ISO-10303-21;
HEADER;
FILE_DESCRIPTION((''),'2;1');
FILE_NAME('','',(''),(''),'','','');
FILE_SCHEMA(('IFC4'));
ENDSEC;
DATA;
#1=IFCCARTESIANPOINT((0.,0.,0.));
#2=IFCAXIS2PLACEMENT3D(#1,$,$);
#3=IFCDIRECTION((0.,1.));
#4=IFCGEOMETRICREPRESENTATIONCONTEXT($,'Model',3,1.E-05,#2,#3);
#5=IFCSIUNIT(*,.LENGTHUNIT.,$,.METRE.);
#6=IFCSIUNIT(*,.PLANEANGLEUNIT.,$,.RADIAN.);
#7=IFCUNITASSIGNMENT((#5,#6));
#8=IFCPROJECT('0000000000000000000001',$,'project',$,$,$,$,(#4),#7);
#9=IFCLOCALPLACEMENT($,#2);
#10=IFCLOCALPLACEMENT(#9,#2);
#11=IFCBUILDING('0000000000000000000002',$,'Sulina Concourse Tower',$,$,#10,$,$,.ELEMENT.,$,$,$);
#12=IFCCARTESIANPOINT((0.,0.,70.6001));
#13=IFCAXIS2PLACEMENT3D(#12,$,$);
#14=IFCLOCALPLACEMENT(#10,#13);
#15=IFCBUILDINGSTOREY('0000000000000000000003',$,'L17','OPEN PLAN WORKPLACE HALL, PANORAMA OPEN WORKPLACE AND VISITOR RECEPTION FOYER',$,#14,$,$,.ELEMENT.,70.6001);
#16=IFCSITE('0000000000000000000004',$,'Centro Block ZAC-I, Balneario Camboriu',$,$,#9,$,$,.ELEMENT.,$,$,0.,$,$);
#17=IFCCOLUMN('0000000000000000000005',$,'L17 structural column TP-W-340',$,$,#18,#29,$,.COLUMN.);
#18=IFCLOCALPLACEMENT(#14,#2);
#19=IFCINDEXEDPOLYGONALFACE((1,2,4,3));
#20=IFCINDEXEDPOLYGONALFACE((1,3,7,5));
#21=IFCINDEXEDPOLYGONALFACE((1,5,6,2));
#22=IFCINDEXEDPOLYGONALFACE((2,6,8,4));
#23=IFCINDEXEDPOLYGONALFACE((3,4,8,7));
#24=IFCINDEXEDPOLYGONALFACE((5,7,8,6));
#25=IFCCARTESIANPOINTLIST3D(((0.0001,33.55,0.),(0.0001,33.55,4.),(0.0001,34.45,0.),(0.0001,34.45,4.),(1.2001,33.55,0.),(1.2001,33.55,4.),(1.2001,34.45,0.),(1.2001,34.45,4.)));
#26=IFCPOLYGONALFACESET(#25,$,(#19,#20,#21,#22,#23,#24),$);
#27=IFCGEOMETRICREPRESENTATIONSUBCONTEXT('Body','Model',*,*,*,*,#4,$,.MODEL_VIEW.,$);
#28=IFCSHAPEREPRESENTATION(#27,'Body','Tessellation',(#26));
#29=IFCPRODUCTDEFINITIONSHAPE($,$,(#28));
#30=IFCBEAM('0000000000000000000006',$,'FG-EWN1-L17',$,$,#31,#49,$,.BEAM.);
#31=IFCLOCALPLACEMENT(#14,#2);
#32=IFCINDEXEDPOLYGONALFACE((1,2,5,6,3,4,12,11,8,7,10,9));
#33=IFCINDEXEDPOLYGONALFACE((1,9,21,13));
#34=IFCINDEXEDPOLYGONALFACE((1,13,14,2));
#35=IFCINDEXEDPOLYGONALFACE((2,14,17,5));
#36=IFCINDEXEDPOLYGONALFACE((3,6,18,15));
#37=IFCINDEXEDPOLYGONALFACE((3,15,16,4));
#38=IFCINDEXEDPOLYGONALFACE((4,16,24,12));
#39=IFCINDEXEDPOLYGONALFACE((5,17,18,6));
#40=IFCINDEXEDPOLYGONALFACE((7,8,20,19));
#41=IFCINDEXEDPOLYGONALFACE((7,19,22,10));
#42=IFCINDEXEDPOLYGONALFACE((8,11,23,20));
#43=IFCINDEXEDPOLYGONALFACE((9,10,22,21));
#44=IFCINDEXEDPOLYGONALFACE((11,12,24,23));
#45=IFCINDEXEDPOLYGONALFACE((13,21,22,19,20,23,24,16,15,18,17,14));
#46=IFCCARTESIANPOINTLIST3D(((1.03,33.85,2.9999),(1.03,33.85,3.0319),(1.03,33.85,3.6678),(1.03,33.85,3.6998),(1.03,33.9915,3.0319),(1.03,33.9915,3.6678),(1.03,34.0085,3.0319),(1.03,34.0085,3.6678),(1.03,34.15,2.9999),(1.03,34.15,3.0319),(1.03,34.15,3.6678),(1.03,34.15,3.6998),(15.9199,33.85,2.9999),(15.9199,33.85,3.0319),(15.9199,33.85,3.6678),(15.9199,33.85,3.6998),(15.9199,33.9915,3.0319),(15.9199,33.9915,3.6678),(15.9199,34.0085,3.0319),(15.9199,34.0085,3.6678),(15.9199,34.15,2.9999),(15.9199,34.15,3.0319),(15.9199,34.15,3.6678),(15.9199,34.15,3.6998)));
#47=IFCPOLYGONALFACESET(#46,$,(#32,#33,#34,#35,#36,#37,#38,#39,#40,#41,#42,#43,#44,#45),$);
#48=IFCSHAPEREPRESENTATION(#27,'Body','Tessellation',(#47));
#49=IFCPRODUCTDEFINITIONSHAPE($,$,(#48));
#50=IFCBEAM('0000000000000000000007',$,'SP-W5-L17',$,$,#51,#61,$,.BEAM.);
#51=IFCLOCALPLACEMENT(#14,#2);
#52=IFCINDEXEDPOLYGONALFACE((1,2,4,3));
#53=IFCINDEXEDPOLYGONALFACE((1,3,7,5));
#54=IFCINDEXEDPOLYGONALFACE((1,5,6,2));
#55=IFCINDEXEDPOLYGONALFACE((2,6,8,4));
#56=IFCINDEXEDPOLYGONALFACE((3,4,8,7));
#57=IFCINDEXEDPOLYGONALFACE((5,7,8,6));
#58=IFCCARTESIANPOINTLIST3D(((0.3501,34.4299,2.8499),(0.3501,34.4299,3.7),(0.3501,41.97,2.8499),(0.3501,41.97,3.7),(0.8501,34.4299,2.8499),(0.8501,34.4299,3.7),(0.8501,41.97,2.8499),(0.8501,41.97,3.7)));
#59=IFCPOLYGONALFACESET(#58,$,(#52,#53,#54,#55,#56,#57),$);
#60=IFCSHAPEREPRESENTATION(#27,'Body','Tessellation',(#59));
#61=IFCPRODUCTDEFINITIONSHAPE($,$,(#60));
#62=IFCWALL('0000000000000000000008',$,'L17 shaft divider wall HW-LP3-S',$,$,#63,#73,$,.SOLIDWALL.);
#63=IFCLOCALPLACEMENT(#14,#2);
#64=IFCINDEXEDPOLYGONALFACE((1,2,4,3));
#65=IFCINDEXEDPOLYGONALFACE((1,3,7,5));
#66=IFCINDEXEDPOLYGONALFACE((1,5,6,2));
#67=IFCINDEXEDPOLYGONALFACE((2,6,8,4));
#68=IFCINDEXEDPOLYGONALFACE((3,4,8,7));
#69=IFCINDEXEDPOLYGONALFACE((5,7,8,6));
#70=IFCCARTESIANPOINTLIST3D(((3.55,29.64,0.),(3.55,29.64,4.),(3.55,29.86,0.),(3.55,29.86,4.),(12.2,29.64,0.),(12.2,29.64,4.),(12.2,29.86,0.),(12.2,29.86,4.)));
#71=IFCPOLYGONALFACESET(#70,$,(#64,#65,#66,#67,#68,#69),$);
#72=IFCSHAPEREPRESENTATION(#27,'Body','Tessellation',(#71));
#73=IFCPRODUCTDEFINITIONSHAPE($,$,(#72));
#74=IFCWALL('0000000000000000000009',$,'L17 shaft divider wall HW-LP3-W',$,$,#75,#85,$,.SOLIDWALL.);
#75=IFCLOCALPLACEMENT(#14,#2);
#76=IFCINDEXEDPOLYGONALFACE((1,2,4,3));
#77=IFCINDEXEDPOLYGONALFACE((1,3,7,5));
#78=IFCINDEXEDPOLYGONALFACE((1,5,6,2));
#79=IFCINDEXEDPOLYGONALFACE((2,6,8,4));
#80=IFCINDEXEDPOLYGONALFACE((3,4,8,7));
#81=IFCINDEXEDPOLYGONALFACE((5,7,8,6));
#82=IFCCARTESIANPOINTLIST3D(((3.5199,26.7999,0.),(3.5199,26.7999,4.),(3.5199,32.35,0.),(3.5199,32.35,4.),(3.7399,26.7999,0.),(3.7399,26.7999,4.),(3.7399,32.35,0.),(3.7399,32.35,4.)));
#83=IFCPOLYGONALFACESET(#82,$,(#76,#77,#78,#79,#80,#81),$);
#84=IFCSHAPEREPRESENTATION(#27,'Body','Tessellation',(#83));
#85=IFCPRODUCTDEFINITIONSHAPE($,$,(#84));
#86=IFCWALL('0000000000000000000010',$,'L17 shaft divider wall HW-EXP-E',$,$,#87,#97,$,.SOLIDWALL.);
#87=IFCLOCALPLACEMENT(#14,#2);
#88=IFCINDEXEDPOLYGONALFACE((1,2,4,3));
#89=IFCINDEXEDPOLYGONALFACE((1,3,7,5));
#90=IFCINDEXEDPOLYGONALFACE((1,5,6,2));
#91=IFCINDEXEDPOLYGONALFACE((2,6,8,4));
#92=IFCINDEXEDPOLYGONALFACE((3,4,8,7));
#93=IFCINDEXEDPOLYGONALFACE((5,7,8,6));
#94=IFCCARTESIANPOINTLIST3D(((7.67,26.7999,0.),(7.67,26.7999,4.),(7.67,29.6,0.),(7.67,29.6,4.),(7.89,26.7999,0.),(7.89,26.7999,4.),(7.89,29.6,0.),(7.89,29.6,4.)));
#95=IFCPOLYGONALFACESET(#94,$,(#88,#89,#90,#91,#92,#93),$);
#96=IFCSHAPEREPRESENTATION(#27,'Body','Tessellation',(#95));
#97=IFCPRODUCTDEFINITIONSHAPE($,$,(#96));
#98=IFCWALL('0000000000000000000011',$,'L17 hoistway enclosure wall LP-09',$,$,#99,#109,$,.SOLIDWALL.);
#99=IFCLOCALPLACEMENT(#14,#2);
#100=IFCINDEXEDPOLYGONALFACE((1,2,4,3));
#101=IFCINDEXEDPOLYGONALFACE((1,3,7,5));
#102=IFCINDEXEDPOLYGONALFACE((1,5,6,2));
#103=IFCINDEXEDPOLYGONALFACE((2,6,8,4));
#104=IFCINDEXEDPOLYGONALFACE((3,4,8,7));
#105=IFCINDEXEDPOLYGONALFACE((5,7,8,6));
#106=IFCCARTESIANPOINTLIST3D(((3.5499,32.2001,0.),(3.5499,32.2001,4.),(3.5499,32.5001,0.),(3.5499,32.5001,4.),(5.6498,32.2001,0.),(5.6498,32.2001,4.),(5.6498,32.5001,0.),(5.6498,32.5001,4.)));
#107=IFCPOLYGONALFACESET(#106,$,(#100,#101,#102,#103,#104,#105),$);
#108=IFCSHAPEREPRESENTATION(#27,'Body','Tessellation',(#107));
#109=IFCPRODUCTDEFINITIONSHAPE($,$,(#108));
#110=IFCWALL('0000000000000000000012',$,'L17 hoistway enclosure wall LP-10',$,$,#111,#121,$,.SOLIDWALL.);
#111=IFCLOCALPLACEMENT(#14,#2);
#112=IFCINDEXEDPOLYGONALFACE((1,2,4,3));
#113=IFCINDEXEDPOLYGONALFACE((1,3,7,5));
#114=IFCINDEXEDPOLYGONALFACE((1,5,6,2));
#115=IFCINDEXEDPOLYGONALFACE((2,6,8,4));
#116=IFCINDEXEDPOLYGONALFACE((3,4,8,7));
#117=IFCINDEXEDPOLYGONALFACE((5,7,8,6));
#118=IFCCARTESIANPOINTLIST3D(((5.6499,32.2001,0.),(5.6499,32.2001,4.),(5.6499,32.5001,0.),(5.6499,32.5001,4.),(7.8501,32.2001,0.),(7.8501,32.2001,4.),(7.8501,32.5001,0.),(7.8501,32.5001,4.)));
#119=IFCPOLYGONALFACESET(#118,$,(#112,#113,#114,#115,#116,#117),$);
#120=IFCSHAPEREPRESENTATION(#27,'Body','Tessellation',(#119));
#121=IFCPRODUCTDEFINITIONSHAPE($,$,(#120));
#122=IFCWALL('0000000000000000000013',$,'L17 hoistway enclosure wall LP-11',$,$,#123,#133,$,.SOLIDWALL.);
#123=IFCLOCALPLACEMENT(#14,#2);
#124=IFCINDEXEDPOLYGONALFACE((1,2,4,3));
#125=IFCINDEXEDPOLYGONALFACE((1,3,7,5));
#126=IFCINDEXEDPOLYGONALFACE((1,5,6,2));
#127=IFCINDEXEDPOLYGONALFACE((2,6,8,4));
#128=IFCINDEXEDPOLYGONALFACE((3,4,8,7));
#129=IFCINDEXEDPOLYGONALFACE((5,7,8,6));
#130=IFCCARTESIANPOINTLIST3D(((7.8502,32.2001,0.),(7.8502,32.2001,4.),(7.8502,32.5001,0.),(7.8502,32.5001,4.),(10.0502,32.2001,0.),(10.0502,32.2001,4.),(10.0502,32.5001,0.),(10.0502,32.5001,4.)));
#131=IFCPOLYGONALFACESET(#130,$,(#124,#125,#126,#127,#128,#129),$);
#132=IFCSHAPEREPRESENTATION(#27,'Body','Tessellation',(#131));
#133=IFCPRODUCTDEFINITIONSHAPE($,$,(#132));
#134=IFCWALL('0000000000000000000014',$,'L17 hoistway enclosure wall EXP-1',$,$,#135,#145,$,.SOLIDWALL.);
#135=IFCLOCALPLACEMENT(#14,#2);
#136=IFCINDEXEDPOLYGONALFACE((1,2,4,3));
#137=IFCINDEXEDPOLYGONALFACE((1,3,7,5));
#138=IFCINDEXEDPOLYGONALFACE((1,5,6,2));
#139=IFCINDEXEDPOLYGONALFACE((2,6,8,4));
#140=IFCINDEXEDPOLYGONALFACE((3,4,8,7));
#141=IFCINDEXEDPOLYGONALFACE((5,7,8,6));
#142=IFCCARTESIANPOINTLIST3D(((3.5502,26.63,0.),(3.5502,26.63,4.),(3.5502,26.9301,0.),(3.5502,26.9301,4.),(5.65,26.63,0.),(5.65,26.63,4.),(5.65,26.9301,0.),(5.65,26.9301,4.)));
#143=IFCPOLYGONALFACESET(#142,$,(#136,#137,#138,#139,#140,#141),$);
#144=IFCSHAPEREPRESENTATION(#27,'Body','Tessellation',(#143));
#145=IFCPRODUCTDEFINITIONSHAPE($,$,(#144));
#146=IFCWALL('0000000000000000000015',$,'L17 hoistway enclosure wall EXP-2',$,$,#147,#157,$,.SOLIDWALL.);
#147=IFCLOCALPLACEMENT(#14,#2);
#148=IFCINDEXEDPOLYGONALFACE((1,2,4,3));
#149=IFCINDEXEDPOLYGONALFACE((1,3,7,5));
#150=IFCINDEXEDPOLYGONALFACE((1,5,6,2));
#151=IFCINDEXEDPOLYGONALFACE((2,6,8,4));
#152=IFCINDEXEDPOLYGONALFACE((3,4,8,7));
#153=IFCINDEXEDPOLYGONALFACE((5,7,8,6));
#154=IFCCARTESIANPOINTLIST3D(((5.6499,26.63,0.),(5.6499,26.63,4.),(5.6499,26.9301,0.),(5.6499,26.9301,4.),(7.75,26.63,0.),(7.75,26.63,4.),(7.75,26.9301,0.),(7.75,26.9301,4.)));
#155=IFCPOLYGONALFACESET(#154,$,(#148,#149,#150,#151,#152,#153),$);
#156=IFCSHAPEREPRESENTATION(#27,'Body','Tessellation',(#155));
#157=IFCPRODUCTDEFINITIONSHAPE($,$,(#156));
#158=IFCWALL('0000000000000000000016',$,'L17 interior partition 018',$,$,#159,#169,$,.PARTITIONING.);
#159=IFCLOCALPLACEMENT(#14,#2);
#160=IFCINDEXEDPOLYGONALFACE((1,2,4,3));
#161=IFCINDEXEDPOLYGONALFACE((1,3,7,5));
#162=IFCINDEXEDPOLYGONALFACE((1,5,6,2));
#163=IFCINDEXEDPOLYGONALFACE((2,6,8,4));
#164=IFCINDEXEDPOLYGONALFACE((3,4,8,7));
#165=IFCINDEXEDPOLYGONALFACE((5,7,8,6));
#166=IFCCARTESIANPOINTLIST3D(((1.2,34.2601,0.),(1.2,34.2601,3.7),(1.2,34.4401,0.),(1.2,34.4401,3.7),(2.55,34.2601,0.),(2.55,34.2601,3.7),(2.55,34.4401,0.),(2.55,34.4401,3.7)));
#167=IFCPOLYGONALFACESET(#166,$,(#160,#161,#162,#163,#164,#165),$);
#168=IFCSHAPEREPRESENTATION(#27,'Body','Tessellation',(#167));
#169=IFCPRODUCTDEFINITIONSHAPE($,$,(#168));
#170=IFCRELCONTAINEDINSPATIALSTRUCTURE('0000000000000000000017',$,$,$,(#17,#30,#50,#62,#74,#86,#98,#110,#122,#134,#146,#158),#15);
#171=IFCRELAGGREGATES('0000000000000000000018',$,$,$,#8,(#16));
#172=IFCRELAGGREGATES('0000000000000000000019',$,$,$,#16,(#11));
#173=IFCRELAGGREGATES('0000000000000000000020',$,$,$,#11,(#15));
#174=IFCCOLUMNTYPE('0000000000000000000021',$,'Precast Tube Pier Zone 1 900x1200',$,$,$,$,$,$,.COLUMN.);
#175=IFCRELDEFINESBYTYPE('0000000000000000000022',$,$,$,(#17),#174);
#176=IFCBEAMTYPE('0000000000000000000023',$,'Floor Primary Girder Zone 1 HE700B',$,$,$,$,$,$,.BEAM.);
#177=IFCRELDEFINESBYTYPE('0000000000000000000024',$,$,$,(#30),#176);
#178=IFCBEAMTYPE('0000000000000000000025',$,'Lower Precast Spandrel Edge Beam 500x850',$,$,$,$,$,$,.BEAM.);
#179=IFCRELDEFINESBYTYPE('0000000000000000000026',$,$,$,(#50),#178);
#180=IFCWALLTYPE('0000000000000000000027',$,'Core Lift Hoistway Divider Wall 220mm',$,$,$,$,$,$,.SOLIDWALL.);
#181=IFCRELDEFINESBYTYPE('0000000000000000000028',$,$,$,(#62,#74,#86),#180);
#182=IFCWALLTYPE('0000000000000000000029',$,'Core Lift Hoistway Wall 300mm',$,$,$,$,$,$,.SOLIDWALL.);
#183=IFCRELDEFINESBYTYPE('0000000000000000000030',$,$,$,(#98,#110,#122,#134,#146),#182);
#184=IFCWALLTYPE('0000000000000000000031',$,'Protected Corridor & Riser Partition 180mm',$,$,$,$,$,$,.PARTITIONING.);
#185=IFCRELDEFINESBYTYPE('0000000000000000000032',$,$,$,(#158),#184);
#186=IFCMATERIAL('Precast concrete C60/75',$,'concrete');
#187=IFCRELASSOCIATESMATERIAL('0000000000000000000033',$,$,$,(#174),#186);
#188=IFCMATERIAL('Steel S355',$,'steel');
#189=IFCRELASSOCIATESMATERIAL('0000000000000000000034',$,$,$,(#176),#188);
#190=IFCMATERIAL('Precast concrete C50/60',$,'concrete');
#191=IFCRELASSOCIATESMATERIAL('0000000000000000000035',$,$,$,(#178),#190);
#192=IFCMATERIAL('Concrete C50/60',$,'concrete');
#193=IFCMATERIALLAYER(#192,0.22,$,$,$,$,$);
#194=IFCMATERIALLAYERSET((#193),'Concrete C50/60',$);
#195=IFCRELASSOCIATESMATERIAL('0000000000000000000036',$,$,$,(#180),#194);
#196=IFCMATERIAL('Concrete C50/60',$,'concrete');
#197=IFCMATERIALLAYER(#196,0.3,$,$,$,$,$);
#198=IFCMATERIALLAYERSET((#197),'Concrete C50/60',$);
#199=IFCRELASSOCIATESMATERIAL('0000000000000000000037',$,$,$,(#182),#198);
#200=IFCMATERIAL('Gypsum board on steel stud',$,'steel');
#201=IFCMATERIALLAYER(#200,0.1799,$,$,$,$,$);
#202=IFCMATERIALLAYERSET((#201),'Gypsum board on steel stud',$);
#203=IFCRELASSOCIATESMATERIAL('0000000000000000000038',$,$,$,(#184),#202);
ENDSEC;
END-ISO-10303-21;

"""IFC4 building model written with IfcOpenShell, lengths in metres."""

from ifc_helpers import new_model, si_unit, direction, frame, frame_2d, origin, origin_2d, place, context, subcontext, project, spatial, rectangle, i_section, extrude, material, layer, layer_set, material_profile, profile_set, type_object, element, save


model = new_model("IFC4")

# Units and contexts
model_context = context("Model", 3, precision=1e-05, world=origin(), true_north=direction((0.0, 1.0)))
body_context = subcontext(model_context, "Body", "Model", "MODEL_VIEW")
ifc_project = project(units=[si_unit("LENGTHUNIT", "METRE"), si_unit("PLANEANGLEUNIT", "RADIAN")], contexts=[model_context])

# Site, building, storey
site_placement = place(None, origin())
site = spatial("IfcSite", under=ifc_project, at=site_placement, Name="Centro Block ZAC-I, Balneario Camboriu", CompositionType="ELEMENT", RefElevation=0.0)
building_placement = place(site_placement, origin())
building = spatial("IfcBuilding", under=site, at=building_placement, Name="Sulina Concourse Tower", CompositionType="ELEMENT")
storey_placement = place(building_placement, frame((0.0, 0.0, 70.6001)))
storey = spatial("IfcBuildingStorey", under=building, at=storey_placement, Name="L17", Description="OPEN PLAN WORKPLACE HALL, PANORAMA OPEN WORKPLACE AND VISITOR RECEPTION FOYER", CompositionType="ELEMENT", Elevation=70.6001)

# Column
ifc_material_1 = material(Name="Precast concrete C60/75", Category="concrete")
ifc_material_profile_1 = material_profile(ifc_material_1, rectangle(XDim=0.8999, YDim=1.2, at=origin_2d()), Name="PC 900x1200")
ifc_profile_set_1 = profile_set([ifc_material_profile_1], Name="Precast concrete C60/75")
column_type = type_object("IfcColumnType", Name="Precast Tube Pier Zone 1 900x1200", PredefinedType="COLUMN", material=ifc_profile_set_1)
column_placement = place(storey_placement, frame((0.6001, 34.0, 0.0), z_axis=(0.0, 0.0, 1.0), x_axis=(0.0, 1.0, 0.0)))
element("IfcColumn", 1, at=column_placement, inside=storey, type_object=column_type, Name="L17 structural column TP-W-340", PredefinedType="COLUMN", context=body_context, shape_type="SweptSolid", body=[
    extrude(rectangle(XDim=0.8999, YDim=1.2, at=origin_2d()), origin(), (0.0, 0.0, 1.0), 4.0),
])

# Beams
ifc_material_2 = material(Name="Steel S355", Category="steel")
ifc_material_profile_2 = material_profile(ifc_material_2, i_section(OverallWidth=0.3, OverallDepth=0.7, WebThickness=0.0171, FlangeThickness=0.032, at=origin_2d()), Name="HE 700 B")
ifc_profile_set_2 = profile_set([ifc_material_profile_2], Name="Steel S355")
beam_type_1 = type_object("IfcBeamType", Name="Floor Primary Girder Zone 1 HE700B", PredefinedType="BEAM", material=ifc_profile_set_2)
beam_1_placement = place(storey_placement, frame((1.03, 34.0, 3.3499), z_axis=(1.0, 0.0, 0.0), x_axis=(0.0, 1.0, 0.0)))
element("IfcBeam", 2, at=beam_1_placement, inside=storey, type_object=beam_type_1, Name="FG-EWN1-L17", PredefinedType="BEAM", context=body_context, shape_type="SweptSolid", body=[
    extrude(i_section(OverallWidth=0.3, OverallDepth=0.7, WebThickness=0.0171, FlangeThickness=0.032, at=origin_2d()), origin(), (0.0, 0.0, 1.0), 14.8899),
])
ifc_material_3 = material(Name="Precast concrete C50/60", Category="concrete")
ifc_material_profile_3 = material_profile(ifc_material_3, rectangle(XDim=0.5, YDim=0.8501, at=origin_2d()), Name="RC 500x850")
ifc_profile_set_3 = profile_set([ifc_material_profile_3], Name="Precast concrete C50/60")
beam_type_2 = type_object("IfcBeamType", Name="Lower Precast Spandrel Edge Beam 500x850", PredefinedType="BEAM", material=ifc_profile_set_3)
beam_2_placement = place(storey_placement, frame((0.6001, 34.4299, 3.2749), z_axis=(0.0, 1.0, 0.0), x_axis=(-1.0, 0.0, 0.0)))
element("IfcBeam", 3, at=beam_2_placement, inside=storey, type_object=beam_type_2, Name="SP-W5-L17", PredefinedType="BEAM", context=body_context, shape_type="SweptSolid", body=[
    extrude(rectangle(XDim=0.5, YDim=0.8501, at=origin_2d()), origin(), (0.0, 0.0, 1.0), 7.54),
])

# Walls
ifc_material_4 = material(Name="Concrete C50/60", Category="concrete")
ifc_layer_1 = layer(ifc_material_4, 0.22)
ifc_layer_set_1 = layer_set([ifc_layer_1], Name="Concrete C50/60")
wall_type_1 = type_object("IfcWallType", Name="Core Lift Hoistway Divider Wall 220mm", PredefinedType="SOLIDWALL", material=ifc_layer_set_1)
wall_1_placement = place(storey_placement, frame((3.55, 29.75, 0.0), z_axis=(0.0, 0.0, 1.0), x_axis=(1.0, 0.0, 0.0)))
element("IfcWall", 4, at=wall_1_placement, inside=storey, type_object=wall_type_1, Name="L17 shaft divider wall HW-LP3-S", PredefinedType="SOLIDWALL", context=body_context, shape_type="SweptSolid", body=[
    extrude(rectangle(XDim=8.6499, YDim=0.22, at=frame_2d((4.325, 0.0))), origin(), (0.0, 0.0, 1.0), 4.0),
])
wall_2_placement = place(storey_placement, frame((3.6299, 26.8, 0.0), z_axis=(0.0, 0.0, 1.0), x_axis=(0.0, 1.0, 0.0)))
element("IfcWall", 5, at=wall_2_placement, inside=storey, type_object=wall_type_1, Name="L17 shaft divider wall HW-LP3-W", PredefinedType="SOLIDWALL", context=body_context, shape_type="SweptSolid", body=[
    extrude(rectangle(XDim=5.55, YDim=0.22, at=frame_2d((2.7749, 0.0))), origin(), (0.0, 0.0, 1.0), 4.0),
])
wall_3_placement = place(storey_placement, frame((7.78, 26.8, 0.0), z_axis=(0.0, 0.0, 1.0), x_axis=(0.0, 1.0, 0.0)))
element("IfcWall", 6, at=wall_3_placement, inside=storey, type_object=wall_type_1, Name="L17 shaft divider wall HW-EXP-E", PredefinedType="SOLIDWALL", context=body_context, shape_type="SweptSolid", body=[
    extrude(rectangle(XDim=2.8, YDim=0.22, at=frame_2d((1.3999, 0.0))), origin(), (0.0, 0.0, 1.0), 4.0),
])
ifc_material_5 = material(Name="Concrete C50/60", Category="concrete")
ifc_layer_2 = layer(ifc_material_5, 0.3)
ifc_layer_set_2 = layer_set([ifc_layer_2], Name="Concrete C50/60")
wall_type_2 = type_object("IfcWallType", Name="Core Lift Hoistway Wall 300mm", PredefinedType="SOLIDWALL", material=ifc_layer_set_2)
wall_4_placement = place(storey_placement, frame((3.55, 32.3501, 0.0), z_axis=(0.0, 0.0, 1.0), x_axis=(1.0, 0.0, 0.0)))
element("IfcWall", 7, at=wall_4_placement, inside=storey, type_object=wall_type_2, Name="L17 hoistway enclosure wall LP-09", PredefinedType="SOLIDWALL", context=body_context, shape_type="SweptSolid", body=[
    extrude(rectangle(XDim=2.0999, YDim=0.3, at=frame_2d((1.0498, 0.0))), origin(), (0.0, 0.0, 1.0), 4.0),
])
wall_5_placement = place(storey_placement, frame((5.6499, 32.3501, 0.0), z_axis=(0.0, 0.0, 1.0), x_axis=(1.0, 0.0, 0.0)))
element("IfcWall", 8, at=wall_5_placement, inside=storey, type_object=wall_type_2, Name="L17 hoistway enclosure wall LP-10", PredefinedType="SOLIDWALL", context=body_context, shape_type="SweptSolid", body=[
    extrude(rectangle(XDim=2.2002, YDim=0.3, at=frame_2d((1.1001, 0.0))), origin(), (0.0, 0.0, 1.0), 4.0),
])
wall_6_placement = place(storey_placement, frame((7.8501, 32.3501, 0.0), z_axis=(0.0, 0.0, 1.0), x_axis=(1.0, 0.0, 0.0)))
element("IfcWall", 9, at=wall_6_placement, inside=storey, type_object=wall_type_2, Name="L17 hoistway enclosure wall LP-11", PredefinedType="SOLIDWALL", context=body_context, shape_type="SweptSolid", body=[
    extrude(rectangle(XDim=2.2, YDim=0.3, at=frame_2d((1.1001, 0.0))), origin(), (0.0, 0.0, 1.0), 4.0),
])
wall_7_placement = place(storey_placement, frame((5.6499, 26.78, 0.0), z_axis=(0.0, 0.0, 1.0), x_axis=(-1.0, 0.0, 0.0)))
element("IfcWall", 10, at=wall_7_placement, inside=storey, type_object=wall_type_2, Name="L17 hoistway enclosure wall EXP-1", PredefinedType="SOLIDWALL", context=body_context, shape_type="SweptSolid", body=[
    extrude(rectangle(XDim=2.0999, YDim=0.3, at=frame_2d((1.0498, 0.0))), origin(), (0.0, 0.0, 1.0), 4.0),
])
wall_8_placement = place(storey_placement, frame((7.75, 26.78, 0.0), z_axis=(0.0, 0.0, 1.0), x_axis=(-1.0, 0.0, 0.0)))
element("IfcWall", 11, at=wall_8_placement, inside=storey, type_object=wall_type_2, Name="L17 hoistway enclosure wall EXP-2", PredefinedType="SOLIDWALL", context=body_context, shape_type="SweptSolid", body=[
    extrude(rectangle(XDim=2.1001, YDim=0.3, at=frame_2d((1.05, 0.0))), origin(), (0.0, 0.0, 1.0), 4.0),
])
ifc_material_6 = material(Name="Gypsum board on steel stud", Category="steel")
ifc_layer_3 = layer(ifc_material_6, 0.1799)
ifc_layer_set_3 = layer_set([ifc_layer_3], Name="Gypsum board on steel stud")
wall_type_3 = type_object("IfcWallType", Name="Protected Corridor & Riser Partition 180mm", PredefinedType="PARTITIONING", material=ifc_layer_set_3)
wall_9_placement = place(storey_placement, frame((1.2, 34.3501, 0.0), z_axis=(0.0, 0.0, 1.0), x_axis=(1.0, 0.0, 0.0)))
element("IfcWall", 12, at=wall_9_placement, inside=storey, type_object=wall_type_3, Name="L17 interior partition 018", PredefinedType="PARTITIONING", context=body_context, shape_type="SweptSolid", body=[
    extrude(rectangle(XDim=1.3501, YDim=0.1799, at=frame_2d((0.675, 0.0))), origin(), (0.0, 0.0, 1.0), 3.7),
])

save(model, "model.ifc")
